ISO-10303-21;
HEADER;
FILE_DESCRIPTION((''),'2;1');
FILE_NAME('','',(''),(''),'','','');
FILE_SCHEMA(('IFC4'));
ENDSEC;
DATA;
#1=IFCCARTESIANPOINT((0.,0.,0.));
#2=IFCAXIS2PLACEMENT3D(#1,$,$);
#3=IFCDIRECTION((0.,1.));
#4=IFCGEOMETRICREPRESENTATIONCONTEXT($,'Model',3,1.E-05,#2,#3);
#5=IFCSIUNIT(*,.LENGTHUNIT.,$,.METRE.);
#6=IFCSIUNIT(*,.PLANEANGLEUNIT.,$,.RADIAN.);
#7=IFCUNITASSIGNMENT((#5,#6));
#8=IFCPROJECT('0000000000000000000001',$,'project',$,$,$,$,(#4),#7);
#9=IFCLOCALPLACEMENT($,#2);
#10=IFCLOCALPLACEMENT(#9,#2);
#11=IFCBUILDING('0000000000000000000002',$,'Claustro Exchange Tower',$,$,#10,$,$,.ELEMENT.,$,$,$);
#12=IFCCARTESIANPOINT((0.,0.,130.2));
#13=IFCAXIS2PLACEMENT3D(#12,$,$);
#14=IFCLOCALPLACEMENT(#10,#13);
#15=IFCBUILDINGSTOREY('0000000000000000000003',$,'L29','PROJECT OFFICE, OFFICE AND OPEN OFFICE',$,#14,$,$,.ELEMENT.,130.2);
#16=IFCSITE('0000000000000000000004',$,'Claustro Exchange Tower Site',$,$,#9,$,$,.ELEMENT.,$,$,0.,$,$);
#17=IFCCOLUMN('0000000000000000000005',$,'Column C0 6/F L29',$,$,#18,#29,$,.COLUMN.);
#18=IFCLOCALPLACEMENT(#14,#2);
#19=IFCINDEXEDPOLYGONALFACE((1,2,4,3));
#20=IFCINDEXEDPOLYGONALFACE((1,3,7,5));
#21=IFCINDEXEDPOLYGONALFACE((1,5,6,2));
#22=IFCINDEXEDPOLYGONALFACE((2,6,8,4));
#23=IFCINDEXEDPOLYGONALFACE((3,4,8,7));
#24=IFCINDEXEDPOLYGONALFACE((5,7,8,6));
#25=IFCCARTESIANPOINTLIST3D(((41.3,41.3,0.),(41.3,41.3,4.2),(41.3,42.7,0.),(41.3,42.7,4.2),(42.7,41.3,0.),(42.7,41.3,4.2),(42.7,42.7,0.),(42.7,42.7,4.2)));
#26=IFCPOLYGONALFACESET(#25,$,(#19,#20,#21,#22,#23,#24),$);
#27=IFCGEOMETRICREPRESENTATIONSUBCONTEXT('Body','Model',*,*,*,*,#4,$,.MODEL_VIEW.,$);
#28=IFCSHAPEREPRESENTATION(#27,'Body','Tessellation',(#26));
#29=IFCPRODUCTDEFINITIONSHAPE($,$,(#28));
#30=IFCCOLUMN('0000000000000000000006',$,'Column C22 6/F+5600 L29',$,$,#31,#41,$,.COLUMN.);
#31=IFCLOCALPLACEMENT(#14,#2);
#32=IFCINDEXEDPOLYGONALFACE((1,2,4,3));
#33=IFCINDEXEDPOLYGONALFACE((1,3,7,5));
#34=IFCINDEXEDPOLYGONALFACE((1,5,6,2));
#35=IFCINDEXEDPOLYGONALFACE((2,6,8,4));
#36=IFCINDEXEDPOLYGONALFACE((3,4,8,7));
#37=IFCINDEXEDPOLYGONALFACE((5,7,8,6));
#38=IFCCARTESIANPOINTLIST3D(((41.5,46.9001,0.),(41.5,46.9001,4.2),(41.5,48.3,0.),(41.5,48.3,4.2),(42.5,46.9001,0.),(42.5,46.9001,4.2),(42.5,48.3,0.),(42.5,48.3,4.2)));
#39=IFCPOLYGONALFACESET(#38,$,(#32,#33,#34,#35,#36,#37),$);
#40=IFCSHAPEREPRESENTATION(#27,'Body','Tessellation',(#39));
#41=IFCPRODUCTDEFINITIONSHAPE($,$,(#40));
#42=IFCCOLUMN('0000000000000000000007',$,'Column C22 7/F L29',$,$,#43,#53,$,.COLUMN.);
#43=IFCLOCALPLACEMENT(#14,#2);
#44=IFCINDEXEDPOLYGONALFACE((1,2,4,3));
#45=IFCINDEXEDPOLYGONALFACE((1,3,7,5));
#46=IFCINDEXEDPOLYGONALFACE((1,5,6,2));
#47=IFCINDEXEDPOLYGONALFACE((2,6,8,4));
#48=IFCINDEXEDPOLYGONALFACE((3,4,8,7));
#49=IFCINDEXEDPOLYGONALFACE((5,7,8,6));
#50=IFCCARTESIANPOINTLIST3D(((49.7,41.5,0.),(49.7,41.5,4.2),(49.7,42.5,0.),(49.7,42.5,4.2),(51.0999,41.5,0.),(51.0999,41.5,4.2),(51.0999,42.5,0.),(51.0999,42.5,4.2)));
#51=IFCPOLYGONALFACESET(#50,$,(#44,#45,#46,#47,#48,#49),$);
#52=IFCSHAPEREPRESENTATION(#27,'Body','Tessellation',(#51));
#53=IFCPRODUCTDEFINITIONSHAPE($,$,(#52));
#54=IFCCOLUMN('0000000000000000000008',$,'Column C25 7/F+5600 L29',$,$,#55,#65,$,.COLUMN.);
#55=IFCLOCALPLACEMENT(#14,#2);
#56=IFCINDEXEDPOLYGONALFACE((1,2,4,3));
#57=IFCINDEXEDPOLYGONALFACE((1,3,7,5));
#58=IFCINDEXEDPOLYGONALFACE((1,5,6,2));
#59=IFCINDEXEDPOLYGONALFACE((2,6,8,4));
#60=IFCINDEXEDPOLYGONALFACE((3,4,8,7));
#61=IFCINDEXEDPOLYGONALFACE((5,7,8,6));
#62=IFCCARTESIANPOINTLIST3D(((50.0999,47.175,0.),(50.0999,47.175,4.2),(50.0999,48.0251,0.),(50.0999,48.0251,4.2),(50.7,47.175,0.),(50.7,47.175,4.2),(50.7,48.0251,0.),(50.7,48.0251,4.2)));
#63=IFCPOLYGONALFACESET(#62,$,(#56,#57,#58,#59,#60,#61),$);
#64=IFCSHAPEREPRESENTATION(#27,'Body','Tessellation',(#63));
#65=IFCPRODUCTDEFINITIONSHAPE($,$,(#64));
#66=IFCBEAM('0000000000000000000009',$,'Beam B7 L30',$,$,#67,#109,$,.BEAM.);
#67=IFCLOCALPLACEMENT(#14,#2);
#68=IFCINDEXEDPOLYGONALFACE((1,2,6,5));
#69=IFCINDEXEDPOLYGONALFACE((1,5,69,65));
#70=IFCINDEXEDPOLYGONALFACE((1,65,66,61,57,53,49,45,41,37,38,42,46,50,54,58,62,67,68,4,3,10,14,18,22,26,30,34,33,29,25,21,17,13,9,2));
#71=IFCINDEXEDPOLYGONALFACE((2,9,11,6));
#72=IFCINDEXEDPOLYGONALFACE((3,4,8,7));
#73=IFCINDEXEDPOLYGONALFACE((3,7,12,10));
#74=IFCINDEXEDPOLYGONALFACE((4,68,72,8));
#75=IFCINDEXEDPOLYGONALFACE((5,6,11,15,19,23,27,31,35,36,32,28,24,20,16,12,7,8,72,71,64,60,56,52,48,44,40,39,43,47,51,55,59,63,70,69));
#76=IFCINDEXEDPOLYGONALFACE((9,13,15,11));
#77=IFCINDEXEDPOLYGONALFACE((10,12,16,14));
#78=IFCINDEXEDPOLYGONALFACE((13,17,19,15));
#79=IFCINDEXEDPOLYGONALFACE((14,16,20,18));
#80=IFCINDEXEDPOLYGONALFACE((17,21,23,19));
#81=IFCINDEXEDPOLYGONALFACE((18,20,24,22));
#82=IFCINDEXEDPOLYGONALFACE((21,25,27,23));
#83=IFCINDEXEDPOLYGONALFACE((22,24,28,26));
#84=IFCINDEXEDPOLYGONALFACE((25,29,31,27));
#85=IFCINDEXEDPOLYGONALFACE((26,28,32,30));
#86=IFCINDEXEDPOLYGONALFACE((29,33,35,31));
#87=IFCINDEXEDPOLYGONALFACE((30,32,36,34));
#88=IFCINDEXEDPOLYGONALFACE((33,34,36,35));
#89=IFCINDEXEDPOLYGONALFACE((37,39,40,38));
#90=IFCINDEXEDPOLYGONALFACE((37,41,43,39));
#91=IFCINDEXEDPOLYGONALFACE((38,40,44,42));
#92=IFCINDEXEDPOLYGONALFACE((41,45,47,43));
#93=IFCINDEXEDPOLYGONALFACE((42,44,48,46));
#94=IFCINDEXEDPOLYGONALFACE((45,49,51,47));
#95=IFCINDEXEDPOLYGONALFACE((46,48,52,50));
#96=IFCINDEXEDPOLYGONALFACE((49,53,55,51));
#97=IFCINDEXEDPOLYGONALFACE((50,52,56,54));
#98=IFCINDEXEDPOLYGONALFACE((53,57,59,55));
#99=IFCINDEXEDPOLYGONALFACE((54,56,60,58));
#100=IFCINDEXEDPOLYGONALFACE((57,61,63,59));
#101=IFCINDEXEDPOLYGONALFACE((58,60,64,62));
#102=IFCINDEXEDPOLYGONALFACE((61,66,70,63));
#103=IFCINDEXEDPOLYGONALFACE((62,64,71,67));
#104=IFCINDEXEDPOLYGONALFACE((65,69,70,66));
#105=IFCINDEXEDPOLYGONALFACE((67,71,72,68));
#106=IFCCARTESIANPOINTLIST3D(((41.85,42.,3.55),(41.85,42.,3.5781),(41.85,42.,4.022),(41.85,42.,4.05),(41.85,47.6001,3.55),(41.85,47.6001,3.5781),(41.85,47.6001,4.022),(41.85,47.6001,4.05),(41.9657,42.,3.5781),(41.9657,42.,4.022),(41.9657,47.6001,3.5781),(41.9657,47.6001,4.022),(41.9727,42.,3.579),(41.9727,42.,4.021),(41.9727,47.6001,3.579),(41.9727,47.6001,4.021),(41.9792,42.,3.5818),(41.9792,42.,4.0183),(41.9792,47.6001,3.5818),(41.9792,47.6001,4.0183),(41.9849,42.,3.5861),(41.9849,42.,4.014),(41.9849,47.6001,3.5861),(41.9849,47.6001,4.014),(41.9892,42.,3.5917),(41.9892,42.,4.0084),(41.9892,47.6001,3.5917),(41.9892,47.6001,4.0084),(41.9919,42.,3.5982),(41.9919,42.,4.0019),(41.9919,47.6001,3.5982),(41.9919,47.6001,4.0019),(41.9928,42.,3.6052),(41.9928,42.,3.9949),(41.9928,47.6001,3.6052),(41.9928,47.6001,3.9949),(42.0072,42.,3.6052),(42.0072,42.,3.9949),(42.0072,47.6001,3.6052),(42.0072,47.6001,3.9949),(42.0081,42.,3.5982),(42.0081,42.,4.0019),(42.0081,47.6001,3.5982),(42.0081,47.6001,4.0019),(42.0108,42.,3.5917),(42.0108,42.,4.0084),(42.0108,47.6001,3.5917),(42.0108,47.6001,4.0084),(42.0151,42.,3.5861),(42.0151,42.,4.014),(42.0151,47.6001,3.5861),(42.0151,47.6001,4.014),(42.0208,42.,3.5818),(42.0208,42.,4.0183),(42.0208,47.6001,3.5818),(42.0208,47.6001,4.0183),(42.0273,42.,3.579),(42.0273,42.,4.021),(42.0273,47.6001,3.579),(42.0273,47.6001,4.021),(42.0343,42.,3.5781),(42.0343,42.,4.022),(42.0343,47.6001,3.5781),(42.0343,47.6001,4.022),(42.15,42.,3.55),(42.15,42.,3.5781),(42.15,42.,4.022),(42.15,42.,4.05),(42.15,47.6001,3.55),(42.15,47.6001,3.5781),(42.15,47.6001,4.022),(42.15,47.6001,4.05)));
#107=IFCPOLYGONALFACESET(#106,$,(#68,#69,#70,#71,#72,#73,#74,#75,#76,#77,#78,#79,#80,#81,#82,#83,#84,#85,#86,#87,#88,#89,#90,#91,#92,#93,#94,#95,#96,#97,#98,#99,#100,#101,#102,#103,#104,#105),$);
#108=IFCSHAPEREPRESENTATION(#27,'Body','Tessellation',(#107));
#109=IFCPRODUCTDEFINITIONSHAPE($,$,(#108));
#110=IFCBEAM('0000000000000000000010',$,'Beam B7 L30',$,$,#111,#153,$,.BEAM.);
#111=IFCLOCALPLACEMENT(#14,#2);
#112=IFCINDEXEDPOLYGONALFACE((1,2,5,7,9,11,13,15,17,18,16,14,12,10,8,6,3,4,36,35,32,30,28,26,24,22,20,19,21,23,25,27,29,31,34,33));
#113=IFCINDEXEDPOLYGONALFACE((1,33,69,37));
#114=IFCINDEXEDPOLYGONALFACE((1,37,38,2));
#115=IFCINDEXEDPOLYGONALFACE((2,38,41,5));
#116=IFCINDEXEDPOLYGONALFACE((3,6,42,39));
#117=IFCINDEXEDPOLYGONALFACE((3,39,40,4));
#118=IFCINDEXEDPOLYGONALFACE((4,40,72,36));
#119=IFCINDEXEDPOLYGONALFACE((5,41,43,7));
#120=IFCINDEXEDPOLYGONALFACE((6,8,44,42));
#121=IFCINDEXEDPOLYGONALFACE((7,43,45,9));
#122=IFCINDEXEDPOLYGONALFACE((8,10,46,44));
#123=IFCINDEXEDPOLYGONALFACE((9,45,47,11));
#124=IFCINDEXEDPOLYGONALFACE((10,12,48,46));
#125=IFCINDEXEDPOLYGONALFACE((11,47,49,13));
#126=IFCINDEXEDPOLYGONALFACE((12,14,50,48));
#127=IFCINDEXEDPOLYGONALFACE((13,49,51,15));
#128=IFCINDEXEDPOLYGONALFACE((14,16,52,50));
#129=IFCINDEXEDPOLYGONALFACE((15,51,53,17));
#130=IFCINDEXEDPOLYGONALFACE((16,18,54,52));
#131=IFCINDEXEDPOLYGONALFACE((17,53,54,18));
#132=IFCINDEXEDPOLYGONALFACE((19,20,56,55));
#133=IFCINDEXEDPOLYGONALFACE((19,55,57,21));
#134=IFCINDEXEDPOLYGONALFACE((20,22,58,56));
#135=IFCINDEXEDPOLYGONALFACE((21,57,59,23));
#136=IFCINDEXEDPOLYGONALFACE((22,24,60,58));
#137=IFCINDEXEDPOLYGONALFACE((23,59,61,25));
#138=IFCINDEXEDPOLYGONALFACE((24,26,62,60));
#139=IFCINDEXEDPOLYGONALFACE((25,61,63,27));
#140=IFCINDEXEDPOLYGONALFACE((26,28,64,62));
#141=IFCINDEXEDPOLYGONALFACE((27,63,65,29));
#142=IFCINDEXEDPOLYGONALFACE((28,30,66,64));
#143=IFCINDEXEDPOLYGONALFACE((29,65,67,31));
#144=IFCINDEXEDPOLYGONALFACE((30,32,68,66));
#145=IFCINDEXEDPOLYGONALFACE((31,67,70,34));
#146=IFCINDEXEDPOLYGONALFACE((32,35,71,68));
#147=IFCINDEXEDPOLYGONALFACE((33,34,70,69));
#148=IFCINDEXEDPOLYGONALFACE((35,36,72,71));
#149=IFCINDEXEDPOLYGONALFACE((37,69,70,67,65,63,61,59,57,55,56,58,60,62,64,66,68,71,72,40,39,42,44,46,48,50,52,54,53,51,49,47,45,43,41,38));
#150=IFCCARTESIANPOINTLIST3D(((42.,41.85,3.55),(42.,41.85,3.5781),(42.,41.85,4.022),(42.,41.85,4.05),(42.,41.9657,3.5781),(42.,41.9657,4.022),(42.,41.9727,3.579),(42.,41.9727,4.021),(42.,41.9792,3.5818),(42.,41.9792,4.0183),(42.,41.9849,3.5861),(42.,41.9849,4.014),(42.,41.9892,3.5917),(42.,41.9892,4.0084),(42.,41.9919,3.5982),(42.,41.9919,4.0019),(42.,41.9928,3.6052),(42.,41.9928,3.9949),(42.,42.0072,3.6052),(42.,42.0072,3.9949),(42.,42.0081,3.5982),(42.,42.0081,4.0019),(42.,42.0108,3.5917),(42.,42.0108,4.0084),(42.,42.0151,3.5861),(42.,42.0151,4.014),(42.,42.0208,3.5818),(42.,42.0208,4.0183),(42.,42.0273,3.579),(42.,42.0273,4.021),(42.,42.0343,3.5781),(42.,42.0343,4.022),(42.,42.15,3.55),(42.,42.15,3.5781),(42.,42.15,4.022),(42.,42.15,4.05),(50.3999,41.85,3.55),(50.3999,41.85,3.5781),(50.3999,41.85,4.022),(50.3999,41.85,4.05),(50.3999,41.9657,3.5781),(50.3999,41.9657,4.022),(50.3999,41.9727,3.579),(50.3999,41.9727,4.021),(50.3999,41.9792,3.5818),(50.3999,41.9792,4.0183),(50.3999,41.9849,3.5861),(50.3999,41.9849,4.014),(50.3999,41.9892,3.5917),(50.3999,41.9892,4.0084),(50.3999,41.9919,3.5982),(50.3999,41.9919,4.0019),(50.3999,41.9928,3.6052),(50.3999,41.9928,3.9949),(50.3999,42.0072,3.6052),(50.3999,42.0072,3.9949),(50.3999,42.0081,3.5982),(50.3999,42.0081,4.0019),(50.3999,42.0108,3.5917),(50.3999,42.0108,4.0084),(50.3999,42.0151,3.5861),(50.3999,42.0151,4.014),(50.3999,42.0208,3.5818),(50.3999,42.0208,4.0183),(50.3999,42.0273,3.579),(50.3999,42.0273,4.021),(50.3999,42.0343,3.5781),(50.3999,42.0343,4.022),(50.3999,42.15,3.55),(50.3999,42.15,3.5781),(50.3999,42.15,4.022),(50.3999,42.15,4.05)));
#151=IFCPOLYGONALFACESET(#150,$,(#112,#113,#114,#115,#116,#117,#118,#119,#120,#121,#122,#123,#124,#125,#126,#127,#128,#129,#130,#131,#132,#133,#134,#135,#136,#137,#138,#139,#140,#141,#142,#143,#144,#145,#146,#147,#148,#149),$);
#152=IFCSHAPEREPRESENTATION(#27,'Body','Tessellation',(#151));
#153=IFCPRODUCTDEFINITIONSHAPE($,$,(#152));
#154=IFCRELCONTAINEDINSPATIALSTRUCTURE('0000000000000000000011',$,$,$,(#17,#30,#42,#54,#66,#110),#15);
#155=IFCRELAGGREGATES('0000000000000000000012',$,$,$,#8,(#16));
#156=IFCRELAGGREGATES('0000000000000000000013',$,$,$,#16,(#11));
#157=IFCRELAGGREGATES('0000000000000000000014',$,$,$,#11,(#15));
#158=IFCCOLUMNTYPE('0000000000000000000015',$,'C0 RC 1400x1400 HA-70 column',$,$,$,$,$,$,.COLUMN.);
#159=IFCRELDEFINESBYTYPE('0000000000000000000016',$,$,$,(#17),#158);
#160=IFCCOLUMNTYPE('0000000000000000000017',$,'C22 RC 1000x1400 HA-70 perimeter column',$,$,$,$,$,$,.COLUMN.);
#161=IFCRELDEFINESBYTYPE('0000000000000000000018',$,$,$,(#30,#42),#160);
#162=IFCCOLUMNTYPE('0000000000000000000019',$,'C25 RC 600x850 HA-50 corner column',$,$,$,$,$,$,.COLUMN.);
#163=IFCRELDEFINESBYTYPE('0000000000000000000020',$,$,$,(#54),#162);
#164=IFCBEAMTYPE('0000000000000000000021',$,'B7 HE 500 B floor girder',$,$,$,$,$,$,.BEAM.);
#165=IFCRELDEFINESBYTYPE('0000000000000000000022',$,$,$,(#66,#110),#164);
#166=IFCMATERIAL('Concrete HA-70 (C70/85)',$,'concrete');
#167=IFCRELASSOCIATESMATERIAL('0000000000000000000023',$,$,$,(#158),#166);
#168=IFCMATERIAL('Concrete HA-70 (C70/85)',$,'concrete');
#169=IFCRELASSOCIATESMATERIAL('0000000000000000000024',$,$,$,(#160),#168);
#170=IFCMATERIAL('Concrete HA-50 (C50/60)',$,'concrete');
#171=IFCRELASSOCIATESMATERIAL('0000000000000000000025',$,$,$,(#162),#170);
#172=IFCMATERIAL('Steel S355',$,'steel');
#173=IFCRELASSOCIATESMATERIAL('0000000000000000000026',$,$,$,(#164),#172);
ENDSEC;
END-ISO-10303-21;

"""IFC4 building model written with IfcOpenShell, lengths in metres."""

from ifc_helpers import new_model, si_unit, direction, frame, origin, origin_2d, place, context, subcontext, project, spatial, rectangle, i_section, extrude, material, material_profile, profile_set, type_object, element, save


model = new_model("IFC4")

# Units and contexts
model_context = context("Model", 3, precision=1e-05, world=origin(), true_north=direction((0.0, 1.0)))
body_context = subcontext(model_context, "Body", "Model", "MODEL_VIEW")
ifc_project = project(units=[si_unit("LENGTHUNIT", "METRE"), si_unit("PLANEANGLEUNIT", "RADIAN")], contexts=[model_context])

# Site, building, storey
site_placement = place(None, origin())
site = spatial("IfcSite", under=ifc_project, at=site_placement, Name="Claustro Exchange Tower Site", CompositionType="ELEMENT", RefElevation=0.0)
building_placement = place(site_placement, origin())
building = spatial("IfcBuilding", under=site, at=building_placement, Name="Claustro Exchange Tower", CompositionType="ELEMENT")
storey_placement = place(building_placement, frame((0.0, 0.0, 130.2)))
storey = spatial("IfcBuildingStorey", under=building, at=storey_placement, Name="L29", Description="PROJECT OFFICE, OFFICE AND OPEN OFFICE", CompositionType="ELEMENT", Elevation=130.2)

# Columns
ifc_material_1 = material(Name="Concrete HA-70 (C70/85)", Category="concrete")
ifc_material_profile_1 = material_profile(ifc_material_1, rectangle(XDim=1.3999, YDim=1.3999, at=origin_2d()), Name="RC 1400x1400")
ifc_profile_set_1 = profile_set([ifc_material_profile_1], Name="Concrete HA-70 (C70/85)")
column_type_1 = type_object("IfcColumnType", Name="C0 RC 1400x1400 HA-70 column", PredefinedType="COLUMN", material=ifc_profile_set_1)
column_1_placement = place(storey_placement, frame((42.0, 42.0, 0.0), z_axis=(0.0, 0.0, 1.0), x_axis=(1.0, 0.0, 0.0)))
element("IfcColumn", 1, at=column_1_placement, inside=storey, type_object=column_type_1, Name="Column C0 6/F L29", PredefinedType="COLUMN", context=body_context, shape_type="SweptSolid", body=[
    extrude(rectangle(XDim=1.3999, YDim=1.3999, at=origin_2d()), origin(), (0.0, 0.0, 1.0), 4.2),
])
ifc_material_2 = material(Name="Concrete HA-70 (C70/85)", Category="concrete")
ifc_material_profile_2 = material_profile(ifc_material_2, rectangle(XDim=1.0, YDim=1.3999, at=origin_2d()), Name="RC 1000x1400")
ifc_profile_set_2 = profile_set([ifc_material_profile_2], Name="Concrete HA-70 (C70/85)")
column_type_2 = type_object("IfcColumnType", Name="C22 RC 1000x1400 HA-70 perimeter column", PredefinedType="COLUMN", material=ifc_profile_set_2)
for number, where, z_axis, x_axis, name in (
    (2, (42.0, 47.6001, 0.0), (0.0, 0.0, 1.0), (1.0, 0.0, 0.0), "Column C22 6/F+5600 L29"),
    (3, (50.3999, 42.0, 0.0), (0.0, 0.0, 1.0), (0.0, 1.0, 0.0), "Column C22 7/F L29"),
):
    element("IfcColumn", number, at=place(storey_placement, frame(where, z_axis=z_axis, x_axis=x_axis)), inside=storey, type_object=column_type_2, Name=name, PredefinedType="COLUMN", context=body_context, shape_type="SweptSolid", body=[
        extrude(rectangle(XDim=1.0, YDim=1.3999, at=origin_2d()), origin(), (0.0, 0.0, 1.0), 4.2),
    ])
ifc_material_3 = material(Name="Concrete HA-50 (C50/60)", Category="concrete")
ifc_material_profile_3 = material_profile(ifc_material_3, rectangle(XDim=0.6001, YDim=0.8501, at=origin_2d()), Name="RC 600x850")
ifc_profile_set_3 = profile_set([ifc_material_profile_3], Name="Concrete HA-50 (C50/60)")
column_type_3 = type_object("IfcColumnType", Name="C25 RC 600x850 HA-50 corner column", PredefinedType="COLUMN", material=ifc_profile_set_3)
column_2_placement = place(storey_placement, frame((50.3999, 47.6001, 0.0), z_axis=(0.0, 0.0, 1.0), x_axis=(1.0, 0.0, 0.0)))
element("IfcColumn", 4, at=column_2_placement, inside=storey, type_object=column_type_3, Name="Column C25 7/F+5600 L29", PredefinedType="COLUMN", context=body_context, shape_type="SweptSolid", body=[
    extrude(rectangle(XDim=0.6001, YDim=0.8501, at=origin_2d()), origin(), (0.0, 0.0, 1.0), 4.2),
])

# Beams
ifc_material_4 = material(Name="Steel S355", Category="steel")
ifc_material_profile_4 = material_profile(ifc_material_4, i_section(OverallWidth=0.3, OverallDepth=0.5, WebThickness=0.0144, FlangeThickness=0.0281, FilletRadius=0.0271, at=origin_2d()), Name="HE 500 B")
ifc_profile_set_4 = profile_set([ifc_material_profile_4], Name="Steel S355")
beam_type_1 = type_object("IfcBeamType", Name="B7 HE 500 B floor girder", PredefinedType="BEAM", material=ifc_profile_set_4)
beam_1_placement = place(storey_placement, frame((42.0, 42.0, 3.8), z_axis=(0.0, 1.0, 0.0), x_axis=(-1.0, 0.0, 0.0)))
element("IfcBeam", 5, at=beam_1_placement, inside=storey, type_object=beam_type_1, Name="Beam B7 L30", PredefinedType="BEAM", context=body_context, shape_type="SweptSolid", body=[
    extrude(i_section(OverallWidth=0.3, OverallDepth=0.5, WebThickness=0.0144, FlangeThickness=0.0281, FilletRadius=0.0271, at=origin_2d()), origin(), (0.0, 0.0, 1.0), 5.6001),
])
beam_2_placement = place(storey_placement, frame((42.0, 42.0, 3.8), z_axis=(1.0, 0.0, 0.0), x_axis=(0.0, 1.0, 0.0)))
element("IfcBeam", 6, at=beam_2_placement, inside=storey, type_object=beam_type_1, Name="Beam B7 L30", PredefinedType="BEAM", context=body_context, shape_type="SweptSolid", body=[
    extrude(i_section(OverallWidth=0.3, OverallDepth=0.5, WebThickness=0.0144, FlangeThickness=0.0281, FilletRadius=0.0271, at=origin_2d()), origin(), (0.0, 0.0, 1.0), 8.3999),
])

save(model, "model.ifc")
